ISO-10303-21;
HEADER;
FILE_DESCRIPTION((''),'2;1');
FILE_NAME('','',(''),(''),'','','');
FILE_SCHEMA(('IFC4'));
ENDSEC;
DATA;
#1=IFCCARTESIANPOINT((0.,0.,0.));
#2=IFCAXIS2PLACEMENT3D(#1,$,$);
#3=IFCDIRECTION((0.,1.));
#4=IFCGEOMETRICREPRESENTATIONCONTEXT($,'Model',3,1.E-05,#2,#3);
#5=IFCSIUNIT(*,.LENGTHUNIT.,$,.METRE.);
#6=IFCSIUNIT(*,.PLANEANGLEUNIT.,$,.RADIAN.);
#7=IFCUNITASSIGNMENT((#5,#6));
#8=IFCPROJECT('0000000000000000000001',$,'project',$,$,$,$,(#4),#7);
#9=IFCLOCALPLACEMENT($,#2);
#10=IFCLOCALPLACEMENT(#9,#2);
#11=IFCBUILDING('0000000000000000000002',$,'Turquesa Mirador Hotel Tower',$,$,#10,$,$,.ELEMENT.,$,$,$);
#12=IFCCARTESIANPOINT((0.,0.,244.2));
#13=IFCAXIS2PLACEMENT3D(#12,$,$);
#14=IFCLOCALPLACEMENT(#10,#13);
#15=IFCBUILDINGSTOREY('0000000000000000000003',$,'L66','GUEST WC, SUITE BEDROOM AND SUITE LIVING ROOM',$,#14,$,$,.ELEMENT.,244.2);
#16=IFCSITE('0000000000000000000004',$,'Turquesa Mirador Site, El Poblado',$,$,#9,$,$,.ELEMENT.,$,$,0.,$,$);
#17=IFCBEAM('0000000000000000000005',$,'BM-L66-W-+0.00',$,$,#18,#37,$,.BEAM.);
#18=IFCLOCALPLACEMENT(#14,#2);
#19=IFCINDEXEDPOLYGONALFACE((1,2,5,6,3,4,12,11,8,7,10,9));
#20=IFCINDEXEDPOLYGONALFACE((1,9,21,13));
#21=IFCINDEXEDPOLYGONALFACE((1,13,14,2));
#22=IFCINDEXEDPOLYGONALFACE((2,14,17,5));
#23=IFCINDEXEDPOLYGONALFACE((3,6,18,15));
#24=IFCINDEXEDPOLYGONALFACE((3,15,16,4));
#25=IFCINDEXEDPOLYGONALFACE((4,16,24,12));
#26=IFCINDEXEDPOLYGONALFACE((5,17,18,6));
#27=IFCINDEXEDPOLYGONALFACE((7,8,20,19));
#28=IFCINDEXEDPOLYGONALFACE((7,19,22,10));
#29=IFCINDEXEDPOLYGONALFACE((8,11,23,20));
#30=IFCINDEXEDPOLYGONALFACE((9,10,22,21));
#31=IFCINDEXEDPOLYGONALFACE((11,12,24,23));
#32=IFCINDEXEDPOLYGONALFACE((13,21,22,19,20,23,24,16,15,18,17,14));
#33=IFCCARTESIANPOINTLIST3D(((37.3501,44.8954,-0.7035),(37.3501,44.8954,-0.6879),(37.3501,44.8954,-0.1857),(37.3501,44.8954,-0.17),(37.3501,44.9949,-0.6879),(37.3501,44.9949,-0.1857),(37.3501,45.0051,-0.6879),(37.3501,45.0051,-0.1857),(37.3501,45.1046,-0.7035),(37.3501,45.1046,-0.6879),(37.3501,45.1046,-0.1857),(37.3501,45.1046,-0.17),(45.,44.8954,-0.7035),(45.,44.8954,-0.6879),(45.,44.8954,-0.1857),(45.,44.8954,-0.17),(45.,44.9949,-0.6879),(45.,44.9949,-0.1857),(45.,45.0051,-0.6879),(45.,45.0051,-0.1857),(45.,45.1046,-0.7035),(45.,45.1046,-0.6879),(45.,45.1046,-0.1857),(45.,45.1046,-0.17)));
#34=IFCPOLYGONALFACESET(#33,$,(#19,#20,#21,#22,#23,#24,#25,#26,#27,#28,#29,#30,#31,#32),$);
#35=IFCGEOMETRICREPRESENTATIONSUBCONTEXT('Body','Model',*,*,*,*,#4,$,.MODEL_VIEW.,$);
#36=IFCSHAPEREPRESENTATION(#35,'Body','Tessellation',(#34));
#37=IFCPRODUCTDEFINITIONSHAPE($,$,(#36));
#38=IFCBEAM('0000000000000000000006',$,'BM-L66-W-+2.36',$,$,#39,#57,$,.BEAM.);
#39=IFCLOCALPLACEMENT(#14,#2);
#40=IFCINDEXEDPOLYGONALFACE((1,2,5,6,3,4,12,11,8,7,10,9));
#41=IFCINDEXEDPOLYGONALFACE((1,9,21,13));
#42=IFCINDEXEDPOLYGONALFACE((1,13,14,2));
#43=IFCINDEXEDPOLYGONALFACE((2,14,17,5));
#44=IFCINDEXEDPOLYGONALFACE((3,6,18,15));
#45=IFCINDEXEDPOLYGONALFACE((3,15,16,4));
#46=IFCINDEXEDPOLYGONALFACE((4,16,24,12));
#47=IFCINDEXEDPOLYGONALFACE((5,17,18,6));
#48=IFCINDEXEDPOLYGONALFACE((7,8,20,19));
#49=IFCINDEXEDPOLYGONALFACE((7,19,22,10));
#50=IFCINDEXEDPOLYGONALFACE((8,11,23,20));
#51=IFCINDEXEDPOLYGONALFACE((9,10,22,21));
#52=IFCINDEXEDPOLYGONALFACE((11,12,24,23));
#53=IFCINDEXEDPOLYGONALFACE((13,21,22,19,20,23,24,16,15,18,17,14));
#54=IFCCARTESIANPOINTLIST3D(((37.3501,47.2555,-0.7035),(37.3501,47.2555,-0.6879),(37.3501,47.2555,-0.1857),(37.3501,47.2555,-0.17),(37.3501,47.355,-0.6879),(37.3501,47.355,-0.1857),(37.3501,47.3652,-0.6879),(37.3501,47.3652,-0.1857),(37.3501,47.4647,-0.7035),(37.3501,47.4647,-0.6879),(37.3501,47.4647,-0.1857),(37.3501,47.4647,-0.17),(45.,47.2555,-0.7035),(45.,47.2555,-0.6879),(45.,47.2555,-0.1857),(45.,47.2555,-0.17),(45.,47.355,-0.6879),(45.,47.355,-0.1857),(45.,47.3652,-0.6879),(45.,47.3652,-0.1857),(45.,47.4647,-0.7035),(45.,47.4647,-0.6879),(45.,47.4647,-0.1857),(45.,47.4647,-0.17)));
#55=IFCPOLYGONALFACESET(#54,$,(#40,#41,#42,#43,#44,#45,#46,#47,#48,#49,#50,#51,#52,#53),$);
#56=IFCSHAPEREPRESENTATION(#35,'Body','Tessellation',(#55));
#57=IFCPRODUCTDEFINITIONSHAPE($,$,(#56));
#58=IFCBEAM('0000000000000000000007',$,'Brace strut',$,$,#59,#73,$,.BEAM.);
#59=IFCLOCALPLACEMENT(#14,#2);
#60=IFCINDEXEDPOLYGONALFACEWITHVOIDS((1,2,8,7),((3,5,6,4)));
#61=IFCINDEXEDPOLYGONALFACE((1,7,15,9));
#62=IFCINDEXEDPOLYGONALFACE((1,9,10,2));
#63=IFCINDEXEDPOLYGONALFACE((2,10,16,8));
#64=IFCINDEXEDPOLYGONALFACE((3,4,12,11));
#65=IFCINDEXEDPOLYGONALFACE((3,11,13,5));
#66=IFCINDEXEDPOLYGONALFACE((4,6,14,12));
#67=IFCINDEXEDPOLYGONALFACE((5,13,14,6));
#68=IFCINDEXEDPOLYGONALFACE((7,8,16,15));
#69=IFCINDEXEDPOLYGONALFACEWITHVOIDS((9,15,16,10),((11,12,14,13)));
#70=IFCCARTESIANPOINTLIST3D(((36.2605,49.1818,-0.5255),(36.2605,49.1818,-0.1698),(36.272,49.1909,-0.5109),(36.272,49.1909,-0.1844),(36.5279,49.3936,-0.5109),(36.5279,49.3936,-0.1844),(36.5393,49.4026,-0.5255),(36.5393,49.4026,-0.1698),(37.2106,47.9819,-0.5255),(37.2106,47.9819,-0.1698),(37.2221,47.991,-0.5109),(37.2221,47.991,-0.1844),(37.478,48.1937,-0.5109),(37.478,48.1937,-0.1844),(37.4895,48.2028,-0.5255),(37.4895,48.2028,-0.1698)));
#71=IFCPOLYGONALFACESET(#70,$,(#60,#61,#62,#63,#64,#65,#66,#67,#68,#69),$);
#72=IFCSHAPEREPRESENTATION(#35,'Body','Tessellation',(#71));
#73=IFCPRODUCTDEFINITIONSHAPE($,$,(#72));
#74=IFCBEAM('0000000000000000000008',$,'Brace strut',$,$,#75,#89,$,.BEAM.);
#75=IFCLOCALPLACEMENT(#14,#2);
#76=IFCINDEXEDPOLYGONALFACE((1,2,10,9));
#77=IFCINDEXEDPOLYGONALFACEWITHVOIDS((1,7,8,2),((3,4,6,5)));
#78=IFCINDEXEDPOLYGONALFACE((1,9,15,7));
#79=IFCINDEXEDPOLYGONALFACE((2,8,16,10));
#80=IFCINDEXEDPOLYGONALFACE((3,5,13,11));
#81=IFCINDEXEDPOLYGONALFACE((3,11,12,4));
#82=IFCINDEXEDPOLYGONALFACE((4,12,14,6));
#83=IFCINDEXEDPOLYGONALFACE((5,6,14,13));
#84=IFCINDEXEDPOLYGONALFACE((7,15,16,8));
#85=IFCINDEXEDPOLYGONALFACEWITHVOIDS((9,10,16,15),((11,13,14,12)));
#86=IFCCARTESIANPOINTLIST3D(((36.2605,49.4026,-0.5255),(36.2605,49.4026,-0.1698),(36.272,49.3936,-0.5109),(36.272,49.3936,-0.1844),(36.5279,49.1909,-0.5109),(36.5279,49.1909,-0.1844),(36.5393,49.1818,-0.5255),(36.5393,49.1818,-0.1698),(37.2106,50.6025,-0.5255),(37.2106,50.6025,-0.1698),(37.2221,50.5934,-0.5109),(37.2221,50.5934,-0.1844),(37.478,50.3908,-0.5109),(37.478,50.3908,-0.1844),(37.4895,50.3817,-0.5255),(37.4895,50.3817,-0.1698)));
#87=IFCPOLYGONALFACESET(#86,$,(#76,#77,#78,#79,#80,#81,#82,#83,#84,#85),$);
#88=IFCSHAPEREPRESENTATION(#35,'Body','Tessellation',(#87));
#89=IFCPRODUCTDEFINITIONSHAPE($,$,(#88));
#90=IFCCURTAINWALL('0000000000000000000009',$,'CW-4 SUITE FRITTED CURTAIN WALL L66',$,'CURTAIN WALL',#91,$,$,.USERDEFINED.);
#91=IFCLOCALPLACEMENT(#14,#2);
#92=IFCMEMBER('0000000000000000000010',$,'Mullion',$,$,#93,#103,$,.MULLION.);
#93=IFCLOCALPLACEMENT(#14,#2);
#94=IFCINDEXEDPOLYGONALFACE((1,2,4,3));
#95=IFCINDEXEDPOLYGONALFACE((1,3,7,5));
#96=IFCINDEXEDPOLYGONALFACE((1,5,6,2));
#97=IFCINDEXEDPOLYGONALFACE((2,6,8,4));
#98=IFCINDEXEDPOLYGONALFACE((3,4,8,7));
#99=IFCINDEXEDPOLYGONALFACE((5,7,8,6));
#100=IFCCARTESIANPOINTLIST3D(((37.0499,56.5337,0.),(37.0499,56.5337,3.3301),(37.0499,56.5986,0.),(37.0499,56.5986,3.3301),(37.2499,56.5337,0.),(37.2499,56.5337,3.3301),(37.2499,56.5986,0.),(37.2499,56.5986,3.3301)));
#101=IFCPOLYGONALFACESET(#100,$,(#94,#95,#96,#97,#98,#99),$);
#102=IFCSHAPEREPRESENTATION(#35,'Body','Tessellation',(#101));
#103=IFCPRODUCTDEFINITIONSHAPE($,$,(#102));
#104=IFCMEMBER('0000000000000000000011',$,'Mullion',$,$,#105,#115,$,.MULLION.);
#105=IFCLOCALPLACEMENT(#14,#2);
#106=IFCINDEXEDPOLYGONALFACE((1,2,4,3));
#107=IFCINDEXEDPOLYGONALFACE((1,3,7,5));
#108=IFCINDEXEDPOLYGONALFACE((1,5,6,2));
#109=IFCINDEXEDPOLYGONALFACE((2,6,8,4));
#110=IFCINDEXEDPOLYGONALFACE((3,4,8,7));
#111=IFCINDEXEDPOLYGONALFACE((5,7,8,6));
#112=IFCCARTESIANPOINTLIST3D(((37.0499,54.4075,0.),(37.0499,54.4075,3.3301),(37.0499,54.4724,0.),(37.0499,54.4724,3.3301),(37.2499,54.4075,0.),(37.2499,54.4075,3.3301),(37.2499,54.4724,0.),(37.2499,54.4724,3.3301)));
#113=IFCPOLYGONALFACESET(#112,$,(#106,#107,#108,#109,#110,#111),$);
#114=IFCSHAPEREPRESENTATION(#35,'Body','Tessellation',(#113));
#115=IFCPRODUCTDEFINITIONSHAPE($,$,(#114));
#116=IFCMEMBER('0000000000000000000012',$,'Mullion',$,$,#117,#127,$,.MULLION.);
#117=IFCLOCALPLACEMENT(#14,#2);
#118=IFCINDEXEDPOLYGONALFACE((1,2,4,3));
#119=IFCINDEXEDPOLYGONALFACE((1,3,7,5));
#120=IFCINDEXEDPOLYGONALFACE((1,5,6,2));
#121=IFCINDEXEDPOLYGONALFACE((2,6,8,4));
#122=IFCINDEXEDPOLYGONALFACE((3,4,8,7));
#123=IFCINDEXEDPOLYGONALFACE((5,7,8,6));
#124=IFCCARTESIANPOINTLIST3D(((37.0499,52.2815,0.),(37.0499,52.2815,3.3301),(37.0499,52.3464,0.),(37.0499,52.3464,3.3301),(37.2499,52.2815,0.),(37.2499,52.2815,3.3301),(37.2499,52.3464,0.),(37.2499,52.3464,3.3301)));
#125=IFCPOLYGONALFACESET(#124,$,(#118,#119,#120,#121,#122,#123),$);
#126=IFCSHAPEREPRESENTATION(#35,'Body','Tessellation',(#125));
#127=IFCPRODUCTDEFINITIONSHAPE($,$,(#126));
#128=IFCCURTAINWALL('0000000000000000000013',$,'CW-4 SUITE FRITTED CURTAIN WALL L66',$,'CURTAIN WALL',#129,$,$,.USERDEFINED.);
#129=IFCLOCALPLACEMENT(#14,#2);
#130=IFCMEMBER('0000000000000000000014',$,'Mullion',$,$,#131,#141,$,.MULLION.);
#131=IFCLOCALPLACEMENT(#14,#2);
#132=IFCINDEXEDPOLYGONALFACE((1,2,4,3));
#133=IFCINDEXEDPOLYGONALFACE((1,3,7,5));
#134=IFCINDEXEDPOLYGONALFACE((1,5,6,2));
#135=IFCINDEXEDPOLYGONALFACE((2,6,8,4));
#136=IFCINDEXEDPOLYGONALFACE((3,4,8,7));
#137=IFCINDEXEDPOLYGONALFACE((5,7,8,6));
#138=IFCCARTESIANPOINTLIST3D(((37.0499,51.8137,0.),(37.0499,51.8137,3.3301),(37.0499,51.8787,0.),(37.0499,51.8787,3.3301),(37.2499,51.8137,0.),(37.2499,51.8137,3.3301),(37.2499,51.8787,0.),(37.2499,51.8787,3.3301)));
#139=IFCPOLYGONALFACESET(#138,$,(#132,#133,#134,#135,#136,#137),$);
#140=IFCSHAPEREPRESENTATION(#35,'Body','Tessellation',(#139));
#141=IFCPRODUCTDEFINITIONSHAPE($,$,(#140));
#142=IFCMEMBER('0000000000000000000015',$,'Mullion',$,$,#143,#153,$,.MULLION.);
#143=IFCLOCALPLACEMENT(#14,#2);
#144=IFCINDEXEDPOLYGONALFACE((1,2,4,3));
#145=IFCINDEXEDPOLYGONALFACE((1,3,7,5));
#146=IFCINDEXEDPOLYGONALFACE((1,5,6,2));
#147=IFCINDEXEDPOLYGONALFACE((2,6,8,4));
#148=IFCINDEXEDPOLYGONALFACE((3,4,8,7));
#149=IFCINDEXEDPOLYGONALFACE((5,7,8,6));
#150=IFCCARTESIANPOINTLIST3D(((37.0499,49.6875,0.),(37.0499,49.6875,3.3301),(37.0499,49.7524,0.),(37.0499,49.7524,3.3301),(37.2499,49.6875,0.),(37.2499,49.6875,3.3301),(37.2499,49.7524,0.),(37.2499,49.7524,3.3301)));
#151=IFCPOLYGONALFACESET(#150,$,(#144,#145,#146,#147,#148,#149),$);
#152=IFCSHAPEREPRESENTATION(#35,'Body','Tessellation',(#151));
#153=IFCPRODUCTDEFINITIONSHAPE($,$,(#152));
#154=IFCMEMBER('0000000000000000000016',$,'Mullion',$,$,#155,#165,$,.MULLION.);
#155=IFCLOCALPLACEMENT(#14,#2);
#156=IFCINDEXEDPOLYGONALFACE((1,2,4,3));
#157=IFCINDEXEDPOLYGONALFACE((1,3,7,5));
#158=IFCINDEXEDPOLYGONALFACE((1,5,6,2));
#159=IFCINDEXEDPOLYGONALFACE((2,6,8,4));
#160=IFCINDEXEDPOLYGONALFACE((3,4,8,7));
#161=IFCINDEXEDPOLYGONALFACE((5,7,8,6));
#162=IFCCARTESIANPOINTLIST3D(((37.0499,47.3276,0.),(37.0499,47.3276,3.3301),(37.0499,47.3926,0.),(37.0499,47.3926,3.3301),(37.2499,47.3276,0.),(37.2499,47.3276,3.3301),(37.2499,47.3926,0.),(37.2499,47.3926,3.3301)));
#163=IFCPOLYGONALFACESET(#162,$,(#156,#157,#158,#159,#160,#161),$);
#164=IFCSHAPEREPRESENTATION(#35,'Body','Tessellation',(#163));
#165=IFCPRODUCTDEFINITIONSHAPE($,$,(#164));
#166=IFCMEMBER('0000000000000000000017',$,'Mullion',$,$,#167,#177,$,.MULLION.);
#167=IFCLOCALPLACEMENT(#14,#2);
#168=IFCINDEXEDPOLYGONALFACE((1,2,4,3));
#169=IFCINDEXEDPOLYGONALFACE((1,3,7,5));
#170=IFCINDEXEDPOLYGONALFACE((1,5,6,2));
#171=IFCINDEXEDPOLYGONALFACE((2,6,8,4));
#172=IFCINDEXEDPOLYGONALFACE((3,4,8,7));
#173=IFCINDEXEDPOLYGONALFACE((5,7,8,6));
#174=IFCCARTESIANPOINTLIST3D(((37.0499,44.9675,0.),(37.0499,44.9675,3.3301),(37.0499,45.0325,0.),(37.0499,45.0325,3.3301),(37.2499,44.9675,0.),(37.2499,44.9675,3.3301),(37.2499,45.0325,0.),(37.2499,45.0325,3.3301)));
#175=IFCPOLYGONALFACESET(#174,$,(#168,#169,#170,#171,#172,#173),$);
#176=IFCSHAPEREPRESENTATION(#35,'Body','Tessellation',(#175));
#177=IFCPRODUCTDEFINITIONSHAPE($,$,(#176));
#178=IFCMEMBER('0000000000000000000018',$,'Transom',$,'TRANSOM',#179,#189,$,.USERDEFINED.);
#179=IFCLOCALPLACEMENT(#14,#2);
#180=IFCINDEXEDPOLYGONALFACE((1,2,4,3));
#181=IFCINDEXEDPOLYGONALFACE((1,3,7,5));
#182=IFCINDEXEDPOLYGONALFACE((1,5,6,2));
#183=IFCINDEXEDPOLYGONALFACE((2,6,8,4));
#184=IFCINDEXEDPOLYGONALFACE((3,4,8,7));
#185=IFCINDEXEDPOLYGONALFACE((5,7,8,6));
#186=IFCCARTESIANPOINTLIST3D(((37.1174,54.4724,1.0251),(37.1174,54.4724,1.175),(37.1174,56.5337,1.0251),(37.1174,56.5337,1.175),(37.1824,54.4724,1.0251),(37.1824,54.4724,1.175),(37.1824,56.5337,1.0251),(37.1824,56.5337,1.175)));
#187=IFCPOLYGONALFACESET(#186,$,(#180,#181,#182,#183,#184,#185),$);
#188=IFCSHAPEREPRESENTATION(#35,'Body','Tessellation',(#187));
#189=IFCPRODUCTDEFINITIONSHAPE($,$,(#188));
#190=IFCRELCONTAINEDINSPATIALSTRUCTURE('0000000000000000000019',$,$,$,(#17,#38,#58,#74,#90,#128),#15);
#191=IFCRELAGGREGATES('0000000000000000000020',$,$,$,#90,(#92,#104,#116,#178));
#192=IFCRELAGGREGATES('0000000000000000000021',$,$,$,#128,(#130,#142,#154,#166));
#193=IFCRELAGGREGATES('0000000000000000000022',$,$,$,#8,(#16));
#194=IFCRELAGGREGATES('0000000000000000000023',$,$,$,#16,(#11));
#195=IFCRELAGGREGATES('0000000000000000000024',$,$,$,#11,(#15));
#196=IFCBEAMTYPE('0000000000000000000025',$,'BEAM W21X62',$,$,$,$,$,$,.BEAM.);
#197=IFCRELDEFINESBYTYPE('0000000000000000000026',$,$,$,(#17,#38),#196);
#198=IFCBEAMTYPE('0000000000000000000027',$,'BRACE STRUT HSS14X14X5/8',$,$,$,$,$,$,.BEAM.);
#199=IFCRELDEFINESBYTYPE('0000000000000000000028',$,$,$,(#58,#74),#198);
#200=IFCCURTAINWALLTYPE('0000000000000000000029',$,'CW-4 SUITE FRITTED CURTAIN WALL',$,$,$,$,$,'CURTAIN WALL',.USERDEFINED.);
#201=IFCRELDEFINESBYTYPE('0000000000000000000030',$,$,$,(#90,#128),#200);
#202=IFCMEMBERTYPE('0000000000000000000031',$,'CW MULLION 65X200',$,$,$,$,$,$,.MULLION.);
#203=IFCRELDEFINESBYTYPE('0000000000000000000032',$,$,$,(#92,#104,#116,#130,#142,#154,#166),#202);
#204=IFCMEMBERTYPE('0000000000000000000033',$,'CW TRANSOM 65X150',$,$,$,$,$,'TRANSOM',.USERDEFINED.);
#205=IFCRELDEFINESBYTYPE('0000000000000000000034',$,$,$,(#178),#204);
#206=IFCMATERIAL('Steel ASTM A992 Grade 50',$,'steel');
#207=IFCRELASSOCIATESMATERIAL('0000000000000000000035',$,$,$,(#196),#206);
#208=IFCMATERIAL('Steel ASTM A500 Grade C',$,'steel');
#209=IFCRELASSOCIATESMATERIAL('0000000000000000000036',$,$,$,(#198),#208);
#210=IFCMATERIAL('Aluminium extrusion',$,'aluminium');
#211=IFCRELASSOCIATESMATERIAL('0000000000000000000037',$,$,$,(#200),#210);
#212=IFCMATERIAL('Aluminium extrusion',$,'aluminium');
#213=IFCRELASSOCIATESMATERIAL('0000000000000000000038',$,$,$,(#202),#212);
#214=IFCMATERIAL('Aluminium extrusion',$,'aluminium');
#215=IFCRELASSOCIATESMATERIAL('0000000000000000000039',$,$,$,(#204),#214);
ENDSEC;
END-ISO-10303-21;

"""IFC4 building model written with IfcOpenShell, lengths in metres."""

from ifc_helpers import new_model, si_unit, direction, frame, origin, origin_2d, place, context, subcontext, project, spatial, rectangle, hollow_rectangle, i_section, extrude, material, material_profile, profile_set, type_object, element, aggregate, save


model = new_model("IFC4")

# Units and contexts
model_context = context("Model", 3, precision=1e-05, world=origin(), true_north=direction((0.0, 1.0)))
body_context = subcontext(model_context, "Body", "Model", "MODEL_VIEW")
ifc_project = project(units=[si_unit("LENGTHUNIT", "METRE"), si_unit("PLANEANGLEUNIT", "RADIAN")], contexts=[model_context])

# Site, building, storey
site_placement = place(None, origin())
site = spatial("IfcSite", under=ifc_project, at=site_placement, Name="Turquesa Mirador Site, El Poblado", CompositionType="ELEMENT", RefElevation=0.0)
building_placement = place(site_placement, origin())
building = spatial("IfcBuilding", under=site, at=building_placement, Name="Turquesa Mirador Hotel Tower", CompositionType="ELEMENT")
storey_placement = place(building_placement, frame((0.0, 0.0, 244.2)))
storey = spatial("IfcBuildingStorey", under=building, at=storey_placement, Name="L66", Description="GUEST WC, SUITE BEDROOM AND SUITE LIVING ROOM", CompositionType="ELEMENT", Elevation=244.2)

# Beams
ifc_material_1 = material(Name="Steel ASTM A992 Grade 50", Category="steel")
ifc_material_profile_1 = material_profile(ifc_material_1, i_section(OverallWidth=0.2092, OverallDepth=0.5334, WebThickness=0.0103, FlangeThickness=0.0156, at=origin_2d()), Name="W21X62")
ifc_profile_set_1 = profile_set([ifc_material_profile_1], Name="Steel ASTM A992 Grade 50")
beam_type_1 = type_object("IfcBeamType", Name="BEAM W21X62", PredefinedType="BEAM", material=ifc_profile_set_1)
for number, where, z_axis, x_axis, name in (
    (1, (37.3501, 45.0, -0.4368), (1.0, 0.0, 0.0), (0.0, 1.0, 0.0), "BM-L66-W-+0.00"),
    (2, (37.3501, 47.3601, -0.4368), (1.0, 0.0, 0.0), (0.0, 1.0, 0.0), "BM-L66-W-+2.36"),
):
    element("IfcBeam", number, at=place(storey_placement, frame(where, z_axis=z_axis, x_axis=x_axis)), inside=storey, type_object=beam_type_1, Name=name, PredefinedType="BEAM", context=body_context, shape_type="SweptSolid", body=[
        extrude(i_section(OverallWidth=0.2092, OverallDepth=0.5334, WebThickness=0.0103, FlangeThickness=0.0156, at=origin_2d()), origin(), (0.0, 0.0, 1.0), 7.6499),
    ])
ifc_material_2 = material(Name="Steel ASTM A500 Grade C", Category="steel")
ifc_material_profile_2 = material_profile(ifc_material_2, hollow_rectangle(XDim=0.3557, YDim=0.3557, WallThickness=0.0146, at=origin_2d()), Name="HSS14X14X5/8")
ifc_profile_set_2 = profile_set([ifc_material_profile_2], Name="Steel ASTM A500 Grade C")
beam_type_2 = type_object("IfcBeamType", Name="BRACE STRUT HSS14X14X5/8", PredefinedType="BEAM", material=ifc_profile_set_2)
for number, where, z_axis, x_axis, name in (
    (3, (36.3999, 49.2922, -0.3477), (0.620797, -0.783971, 0.0), (0.783971, 0.620797, 0.0), "Brace strut"),
    (4, (36.3999, 49.2922, -0.3477), (0.620797, 0.783971, 0.0), (-0.783971, 0.620797, 0.0), "Brace strut"),
):
    element("IfcBeam", number, at=place(storey_placement, frame(where, z_axis=z_axis, x_axis=x_axis)), inside=storey, type_object=beam_type_2, Name=name, PredefinedType="BEAM", context=body_context, shape_type="SweptSolid", body=[
        extrude(hollow_rectangle(XDim=0.3557, YDim=0.3557, WallThickness=0.0146, at=origin_2d()), origin(), (0.0, 0.0, 1.0), 1.5305),
    ])

# Curtain walls, members
ifc_material_3 = material(Name="Aluminium extrusion", Category="aluminium")
curtain_wall_type = type_object("IfcCurtainWallType", Name="CW-4 SUITE FRITTED CURTAIN WALL", ElementType="CURTAIN WALL", PredefinedType="USERDEFINED", material=ifc_material_3)
curtain_wall_1_placement = place(storey_placement, origin())
curtain_wall_1 = element("IfcCurtainWall", 5, at=curtain_wall_1_placement, inside=storey, type_object=curtain_wall_type, Name="CW-4 SUITE FRITTED CURTAIN WALL L66", ObjectType="CURTAIN WALL", PredefinedType="USERDEFINED")
ifc_material_4 = material(Name="Aluminium extrusion", Category="aluminium")
ifc_material_profile_3 = material_profile(ifc_material_4, rectangle(XDim=0.0649, YDim=0.2, at=origin_2d()), Name="MULLION 65X200")
ifc_profile_set_3 = profile_set([ifc_material_profile_3], Name="Aluminium extrusion")
member_type_1 = type_object("IfcMemberType", Name="CW MULLION 65X200", PredefinedType="MULLION", material=ifc_profile_set_3)
member_1_placement = place(storey_placement, frame((37.1499, 56.5662, 0.0), z_axis=(0.0, 0.0, 1.0), x_axis=(0.0, -1.0, 0.0)))
member_1 = element("IfcMember", 6, at=member_1_placement, type_object=member_type_1, Name="Mullion", PredefinedType="MULLION", context=body_context, shape_type="SweptSolid", body=[
    extrude(rectangle(XDim=0.0649, YDim=0.2, at=origin_2d()), origin(), (0.0, 0.0, 1.0), 3.3301),
])
member_2_placement = place(storey_placement, frame((37.1499, 54.4399, 0.0), z_axis=(0.0, 0.0, 1.0), x_axis=(0.0, -1.0, 0.0)))
member_2 = element("IfcMember", 7, at=member_2_placement, type_object=member_type_1, Name="Mullion", PredefinedType="MULLION", context=body_context, shape_type="SweptSolid", body=[
    extrude(rectangle(XDim=0.0649, YDim=0.2, at=origin_2d()), origin(), (0.0, 0.0, 1.0), 3.3301),
])
member_3_placement = place(storey_placement, frame((37.1499, 52.314, 0.0), z_axis=(0.0, 0.0, 1.0), x_axis=(0.0, -1.0, 0.0)))
member_3 = element("IfcMember", 8, at=member_3_placement, type_object=member_type_1, Name="Mullion", PredefinedType="MULLION", context=body_context, shape_type="SweptSolid", body=[
    extrude(rectangle(XDim=0.0649, YDim=0.2, at=origin_2d()), origin(), (0.0, 0.0, 1.0), 3.3301),
])
curtain_wall_2_placement = place(storey_placement, origin())
curtain_wall_2 = element("IfcCurtainWall", 9, at=curtain_wall_2_placement, inside=storey, type_object=curtain_wall_type, Name="CW-4 SUITE FRITTED CURTAIN WALL L66", ObjectType="CURTAIN WALL", PredefinedType="USERDEFINED")
member_4_placement = place(storey_placement, frame((37.1499, 51.8462, 0.0), z_axis=(0.0, 0.0, 1.0), x_axis=(0.0, -1.0, 0.0)))
member_4 = element("IfcMember", 10, at=member_4_placement, type_object=member_type_1, Name="Mullion", PredefinedType="MULLION", context=body_context, shape_type="SweptSolid", body=[
    extrude(rectangle(XDim=0.0649, YDim=0.2, at=origin_2d()), origin(), (0.0, 0.0, 1.0), 3.3301),
])
member_5_placement = place(storey_placement, frame((37.1499, 49.72, 0.0), z_axis=(0.0, 0.0, 1.0), x_axis=(0.0, -1.0, 0.0)))
member_5 = element("IfcMember", 11, at=member_5_placement, type_object=member_type_1, Name="Mullion", PredefinedType="MULLION", context=body_context, shape_type="SweptSolid", body=[
    extrude(rectangle(XDim=0.0649, YDim=0.2, at=origin_2d()), origin(), (0.0, 0.0, 1.0), 3.3301),
])
member_6_placement = place(storey_placement, frame((37.1499, 47.3601, 0.0), z_axis=(0.0, 0.0, 1.0), x_axis=(0.0, -1.0, 0.0)))
member_6 = element("IfcMember", 12, at=member_6_placement, type_object=member_type_1, Name="Mullion", PredefinedType="MULLION", context=body_context, shape_type="SweptSolid", body=[
    extrude(rectangle(XDim=0.0649, YDim=0.2, at=origin_2d()), origin(), (0.0, 0.0, 1.0), 3.3301),
])
member_7_placement = place(storey_placement, frame((37.1499, 45.0, 0.0), z_axis=(0.0, 0.0, 1.0), x_axis=(0.0, -1.0, 0.0)))
member_7 = element("IfcMember", 13, at=member_7_placement, type_object=member_type_1, Name="Mullion", PredefinedType="MULLION", context=body_context, shape_type="SweptSolid", body=[
    extrude(rectangle(XDim=0.0649, YDim=0.2, at=origin_2d()), origin(), (0.0, 0.0, 1.0), 3.3301),
])

# Member
ifc_material_5 = material(Name="Aluminium extrusion", Category="aluminium")
ifc_material_profile_4 = material_profile(ifc_material_5, rectangle(XDim=0.0649, YDim=0.1499, at=origin_2d()), Name="TRANSOM 65X150")
ifc_profile_set_4 = profile_set([ifc_material_profile_4], Name="Aluminium extrusion")
member_type_2 = type_object("IfcMemberType", Name="CW TRANSOM 65X150", ElementType="TRANSOM", PredefinedType="USERDEFINED", material=ifc_profile_set_4)
member_8_placement = place(storey_placement, frame((37.1499, 56.5337, 1.1001), z_axis=(0.0, -1.0, 0.0), x_axis=(1.0, 0.0, 0.0)))
member_8 = element("IfcMember", 14, at=member_8_placement, type_object=member_type_2, Name="Transom", ObjectType="TRANSOM", PredefinedType="USERDEFINED", context=body_context, shape_type="SweptSolid", body=[
    extrude(rectangle(XDim=0.0649, YDim=0.1499, at=origin_2d()), origin(), (0.0, 0.0, 1.0), 2.0613),
])

aggregate(curtain_wall_1, [member_1, member_2, member_3, member_8])
aggregate(curtain_wall_2, [member_4, member_5, member_6, member_7])

save(model, "model.ifc")
